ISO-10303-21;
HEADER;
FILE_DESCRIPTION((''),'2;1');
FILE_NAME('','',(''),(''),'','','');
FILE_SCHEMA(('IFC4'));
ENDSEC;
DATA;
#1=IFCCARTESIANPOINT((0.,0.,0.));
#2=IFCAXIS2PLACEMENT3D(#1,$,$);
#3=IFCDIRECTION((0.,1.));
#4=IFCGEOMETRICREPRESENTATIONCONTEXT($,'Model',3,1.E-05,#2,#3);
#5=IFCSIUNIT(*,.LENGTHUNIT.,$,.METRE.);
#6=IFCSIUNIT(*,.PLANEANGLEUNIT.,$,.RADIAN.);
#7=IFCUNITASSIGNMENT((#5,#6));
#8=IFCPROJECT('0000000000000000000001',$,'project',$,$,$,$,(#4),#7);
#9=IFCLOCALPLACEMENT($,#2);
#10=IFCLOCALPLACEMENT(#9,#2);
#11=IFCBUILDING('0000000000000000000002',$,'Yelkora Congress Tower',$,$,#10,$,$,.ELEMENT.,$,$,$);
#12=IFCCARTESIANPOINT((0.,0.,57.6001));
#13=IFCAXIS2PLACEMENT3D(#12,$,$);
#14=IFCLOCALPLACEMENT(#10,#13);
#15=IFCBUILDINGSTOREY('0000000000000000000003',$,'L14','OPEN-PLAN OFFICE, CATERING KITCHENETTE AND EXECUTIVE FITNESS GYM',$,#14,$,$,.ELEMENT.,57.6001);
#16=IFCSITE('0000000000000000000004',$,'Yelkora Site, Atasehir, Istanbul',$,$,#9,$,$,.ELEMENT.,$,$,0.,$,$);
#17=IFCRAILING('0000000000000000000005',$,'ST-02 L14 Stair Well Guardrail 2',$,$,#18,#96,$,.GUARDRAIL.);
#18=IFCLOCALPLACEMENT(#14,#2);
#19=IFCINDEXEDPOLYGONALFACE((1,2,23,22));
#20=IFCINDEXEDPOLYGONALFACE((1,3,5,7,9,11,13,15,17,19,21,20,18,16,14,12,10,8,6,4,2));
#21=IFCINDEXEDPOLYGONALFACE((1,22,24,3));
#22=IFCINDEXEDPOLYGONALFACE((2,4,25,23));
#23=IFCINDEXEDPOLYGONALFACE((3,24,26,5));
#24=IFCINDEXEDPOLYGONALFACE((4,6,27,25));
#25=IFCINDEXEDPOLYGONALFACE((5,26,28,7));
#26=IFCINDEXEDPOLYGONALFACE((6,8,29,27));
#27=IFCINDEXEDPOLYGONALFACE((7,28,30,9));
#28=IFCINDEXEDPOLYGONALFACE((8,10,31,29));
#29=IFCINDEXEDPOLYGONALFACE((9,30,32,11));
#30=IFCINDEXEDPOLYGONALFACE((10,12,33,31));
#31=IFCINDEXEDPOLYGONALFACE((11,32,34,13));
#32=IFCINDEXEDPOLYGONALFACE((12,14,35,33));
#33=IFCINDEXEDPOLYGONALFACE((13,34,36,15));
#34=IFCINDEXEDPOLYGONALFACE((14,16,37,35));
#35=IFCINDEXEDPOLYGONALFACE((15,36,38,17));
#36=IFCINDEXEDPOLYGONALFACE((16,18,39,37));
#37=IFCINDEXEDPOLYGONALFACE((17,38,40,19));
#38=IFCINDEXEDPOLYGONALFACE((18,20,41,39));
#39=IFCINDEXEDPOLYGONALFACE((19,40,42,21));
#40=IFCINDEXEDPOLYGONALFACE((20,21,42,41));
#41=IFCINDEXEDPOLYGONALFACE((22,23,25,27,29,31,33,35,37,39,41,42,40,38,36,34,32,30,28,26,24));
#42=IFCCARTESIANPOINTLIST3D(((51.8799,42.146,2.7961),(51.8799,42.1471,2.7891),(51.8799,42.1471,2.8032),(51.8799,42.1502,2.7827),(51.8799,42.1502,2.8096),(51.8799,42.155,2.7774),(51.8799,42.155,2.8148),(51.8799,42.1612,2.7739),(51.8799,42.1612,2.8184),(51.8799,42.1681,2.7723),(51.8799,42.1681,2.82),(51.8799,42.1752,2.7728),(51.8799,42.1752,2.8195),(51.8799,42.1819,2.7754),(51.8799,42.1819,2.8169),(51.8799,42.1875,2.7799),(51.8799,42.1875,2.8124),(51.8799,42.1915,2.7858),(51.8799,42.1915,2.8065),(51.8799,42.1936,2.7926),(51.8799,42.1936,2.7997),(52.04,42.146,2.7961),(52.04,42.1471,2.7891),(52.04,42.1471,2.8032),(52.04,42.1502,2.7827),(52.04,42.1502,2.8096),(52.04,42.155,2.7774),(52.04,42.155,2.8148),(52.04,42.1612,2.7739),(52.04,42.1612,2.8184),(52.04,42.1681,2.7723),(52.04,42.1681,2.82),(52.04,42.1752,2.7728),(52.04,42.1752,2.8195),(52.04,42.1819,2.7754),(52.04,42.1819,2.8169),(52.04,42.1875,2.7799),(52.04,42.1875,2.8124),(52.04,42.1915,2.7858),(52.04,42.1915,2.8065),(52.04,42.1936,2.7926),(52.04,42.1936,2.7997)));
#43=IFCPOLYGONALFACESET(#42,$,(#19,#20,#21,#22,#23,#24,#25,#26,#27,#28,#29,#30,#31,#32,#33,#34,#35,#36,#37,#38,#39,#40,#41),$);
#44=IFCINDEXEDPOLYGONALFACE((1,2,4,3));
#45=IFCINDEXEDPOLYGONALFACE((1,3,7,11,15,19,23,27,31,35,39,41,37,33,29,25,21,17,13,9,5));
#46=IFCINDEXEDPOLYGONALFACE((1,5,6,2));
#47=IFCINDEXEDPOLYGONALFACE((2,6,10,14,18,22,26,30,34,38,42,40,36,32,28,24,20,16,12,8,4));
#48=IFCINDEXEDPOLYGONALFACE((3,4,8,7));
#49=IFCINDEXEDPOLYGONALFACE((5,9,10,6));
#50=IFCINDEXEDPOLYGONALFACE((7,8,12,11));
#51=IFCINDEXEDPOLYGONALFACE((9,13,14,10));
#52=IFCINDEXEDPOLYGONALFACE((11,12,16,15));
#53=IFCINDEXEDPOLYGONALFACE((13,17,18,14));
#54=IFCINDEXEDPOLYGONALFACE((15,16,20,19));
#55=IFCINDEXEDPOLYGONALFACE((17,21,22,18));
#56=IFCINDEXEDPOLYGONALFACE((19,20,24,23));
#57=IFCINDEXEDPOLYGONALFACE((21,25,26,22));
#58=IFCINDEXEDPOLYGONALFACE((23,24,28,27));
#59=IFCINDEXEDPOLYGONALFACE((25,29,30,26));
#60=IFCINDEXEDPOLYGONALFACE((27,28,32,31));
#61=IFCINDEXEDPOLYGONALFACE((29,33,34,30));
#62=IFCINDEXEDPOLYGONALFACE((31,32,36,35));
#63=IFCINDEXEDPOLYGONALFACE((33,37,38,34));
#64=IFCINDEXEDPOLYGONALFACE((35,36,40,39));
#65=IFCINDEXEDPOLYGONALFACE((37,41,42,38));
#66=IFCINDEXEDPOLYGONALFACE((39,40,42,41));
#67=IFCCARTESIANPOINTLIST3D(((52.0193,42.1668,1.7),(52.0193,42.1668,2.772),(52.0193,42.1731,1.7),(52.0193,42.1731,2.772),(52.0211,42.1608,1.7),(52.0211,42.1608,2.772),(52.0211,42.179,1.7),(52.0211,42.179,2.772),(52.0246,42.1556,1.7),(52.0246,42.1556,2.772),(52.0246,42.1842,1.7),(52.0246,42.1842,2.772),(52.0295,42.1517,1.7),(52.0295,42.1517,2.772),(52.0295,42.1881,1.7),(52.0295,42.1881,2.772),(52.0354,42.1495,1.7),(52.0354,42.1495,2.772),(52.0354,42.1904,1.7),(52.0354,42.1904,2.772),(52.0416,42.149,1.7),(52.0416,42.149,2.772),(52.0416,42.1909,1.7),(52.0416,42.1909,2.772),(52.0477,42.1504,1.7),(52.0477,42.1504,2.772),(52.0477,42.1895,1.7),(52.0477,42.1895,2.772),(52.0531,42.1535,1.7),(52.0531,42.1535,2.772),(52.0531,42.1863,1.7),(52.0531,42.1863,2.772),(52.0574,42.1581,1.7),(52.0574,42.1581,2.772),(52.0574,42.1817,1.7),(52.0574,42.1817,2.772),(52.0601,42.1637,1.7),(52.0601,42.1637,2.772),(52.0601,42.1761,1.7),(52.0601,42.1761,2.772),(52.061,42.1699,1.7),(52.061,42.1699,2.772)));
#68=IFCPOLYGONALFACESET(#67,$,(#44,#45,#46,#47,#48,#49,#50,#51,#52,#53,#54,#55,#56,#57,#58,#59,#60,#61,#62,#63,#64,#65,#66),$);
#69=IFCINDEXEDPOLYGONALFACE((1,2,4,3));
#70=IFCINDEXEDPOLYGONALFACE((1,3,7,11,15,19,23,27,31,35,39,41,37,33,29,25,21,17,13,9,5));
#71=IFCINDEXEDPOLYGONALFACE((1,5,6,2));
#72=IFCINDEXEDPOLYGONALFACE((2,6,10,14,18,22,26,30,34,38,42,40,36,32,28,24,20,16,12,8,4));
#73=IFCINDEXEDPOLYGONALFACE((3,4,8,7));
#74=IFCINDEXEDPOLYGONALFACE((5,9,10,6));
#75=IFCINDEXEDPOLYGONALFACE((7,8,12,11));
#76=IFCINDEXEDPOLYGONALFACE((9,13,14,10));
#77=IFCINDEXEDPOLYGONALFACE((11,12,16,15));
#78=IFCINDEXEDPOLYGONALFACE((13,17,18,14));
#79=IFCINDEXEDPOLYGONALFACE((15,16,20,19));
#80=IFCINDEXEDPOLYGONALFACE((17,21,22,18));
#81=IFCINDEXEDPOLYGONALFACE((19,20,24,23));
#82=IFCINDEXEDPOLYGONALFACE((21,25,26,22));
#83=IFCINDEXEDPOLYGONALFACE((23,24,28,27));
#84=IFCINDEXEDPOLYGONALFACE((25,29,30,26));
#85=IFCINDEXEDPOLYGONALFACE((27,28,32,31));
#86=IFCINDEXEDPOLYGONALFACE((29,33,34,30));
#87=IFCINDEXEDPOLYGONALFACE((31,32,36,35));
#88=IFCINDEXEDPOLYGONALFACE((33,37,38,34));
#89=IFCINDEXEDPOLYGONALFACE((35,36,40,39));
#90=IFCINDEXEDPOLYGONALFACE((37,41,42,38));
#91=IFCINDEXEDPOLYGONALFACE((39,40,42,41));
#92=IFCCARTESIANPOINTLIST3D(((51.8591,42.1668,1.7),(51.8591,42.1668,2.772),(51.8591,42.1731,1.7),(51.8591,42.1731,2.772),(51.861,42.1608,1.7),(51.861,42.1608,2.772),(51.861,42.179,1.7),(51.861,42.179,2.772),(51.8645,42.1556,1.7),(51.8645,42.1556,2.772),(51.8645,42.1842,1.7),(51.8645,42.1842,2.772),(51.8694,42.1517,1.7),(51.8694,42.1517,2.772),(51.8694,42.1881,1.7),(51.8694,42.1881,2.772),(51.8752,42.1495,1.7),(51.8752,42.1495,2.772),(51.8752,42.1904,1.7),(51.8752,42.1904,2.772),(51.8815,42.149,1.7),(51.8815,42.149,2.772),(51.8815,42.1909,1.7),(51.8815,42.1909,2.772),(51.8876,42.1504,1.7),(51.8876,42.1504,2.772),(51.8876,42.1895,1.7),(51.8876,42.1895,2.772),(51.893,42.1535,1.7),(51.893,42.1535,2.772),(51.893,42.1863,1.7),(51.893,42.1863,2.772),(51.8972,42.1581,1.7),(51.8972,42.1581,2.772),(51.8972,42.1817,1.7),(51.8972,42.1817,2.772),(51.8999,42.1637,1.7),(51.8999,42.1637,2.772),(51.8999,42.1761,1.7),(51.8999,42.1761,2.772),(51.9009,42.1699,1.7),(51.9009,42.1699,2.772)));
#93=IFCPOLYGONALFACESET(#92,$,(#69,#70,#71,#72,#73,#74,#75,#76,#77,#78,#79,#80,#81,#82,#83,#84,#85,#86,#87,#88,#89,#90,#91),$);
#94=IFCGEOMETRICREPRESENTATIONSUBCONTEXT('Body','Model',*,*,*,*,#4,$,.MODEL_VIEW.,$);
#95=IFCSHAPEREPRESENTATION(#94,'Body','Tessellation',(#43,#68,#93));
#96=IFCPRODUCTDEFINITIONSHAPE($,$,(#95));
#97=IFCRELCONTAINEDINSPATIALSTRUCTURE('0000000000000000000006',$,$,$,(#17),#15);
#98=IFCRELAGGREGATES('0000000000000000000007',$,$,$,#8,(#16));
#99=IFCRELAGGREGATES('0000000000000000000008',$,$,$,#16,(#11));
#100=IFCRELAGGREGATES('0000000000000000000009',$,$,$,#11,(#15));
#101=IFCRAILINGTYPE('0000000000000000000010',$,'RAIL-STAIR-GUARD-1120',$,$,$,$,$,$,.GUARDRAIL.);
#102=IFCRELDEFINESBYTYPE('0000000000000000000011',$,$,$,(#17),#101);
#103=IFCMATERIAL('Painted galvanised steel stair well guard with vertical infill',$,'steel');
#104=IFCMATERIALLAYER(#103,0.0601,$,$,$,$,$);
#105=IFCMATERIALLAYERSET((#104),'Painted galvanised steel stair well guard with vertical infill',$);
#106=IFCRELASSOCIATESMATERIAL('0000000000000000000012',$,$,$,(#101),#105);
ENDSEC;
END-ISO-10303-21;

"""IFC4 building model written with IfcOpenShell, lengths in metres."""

from ifc_helpers import new_model, si_unit, direction, frame, origin, origin_2d, place, context, subcontext, project, spatial, circle, extrude, material, layer, layer_set, type_object, element, save


model = new_model("IFC4")

# Units and contexts
model_context = context("Model", 3, precision=1e-05, world=origin(), true_north=direction((0.0, 1.0)))
body_context = subcontext(model_context, "Body", "Model", "MODEL_VIEW")
ifc_project = project(units=[si_unit("LENGTHUNIT", "METRE"), si_unit("PLANEANGLEUNIT", "RADIAN")], contexts=[model_context])

# Site, building, storey
site_placement = place(None, origin())
site = spatial("IfcSite", under=ifc_project, at=site_placement, Name="Yelkora Site, Atasehir, Istanbul", CompositionType="ELEMENT", RefElevation=0.0)
building_placement = place(site_placement, origin())
building = spatial("IfcBuilding", under=site, at=building_placement, Name="Yelkora Congress Tower", CompositionType="ELEMENT")
storey_placement = place(building_placement, frame((0.0, 0.0, 57.6001)))
storey = spatial("IfcBuildingStorey", under=building, at=storey_placement, Name="L14", Description="OPEN-PLAN OFFICE, CATERING KITCHENETTE AND EXECUTIVE FITNESS GYM", CompositionType="ELEMENT", Elevation=57.6001)

# Railing
ifc_material_1 = material(Name="Painted galvanised steel stair well guard with vertical infill", Category="steel")
ifc_layer_1 = layer(ifc_material_1, 0.0601)
ifc_layer_set_1 = layer_set([ifc_layer_1], Name="Painted galvanised steel stair well guard with vertical infill")
railing_type_1 = type_object("IfcRailingType", Name="RAIL-STAIR-GUARD-1120", PredefinedType="GUARDRAIL", material=ifc_layer_set_1)
railing_1_placement = place(storey_placement, frame((52.04, 42.1699, 1.7)))
element("IfcRailing", 1, at=railing_1_placement, inside=storey, type_object=railing_type_1, Name="ST-02 L14 Stair Well Guardrail 2", PredefinedType="GUARDRAIL", context=body_context, shape_type="SweptSolid", body=[
    extrude(circle(Radius=0.0239, at=origin_2d()), frame((0.0, 0.0, 1.0962), z_axis=(-1.0, 0.0, 0.0), x_axis=(0.0, -1.0, 0.0)), (0.0, 0.0, 1.0), 0.1602),
    extrude(circle(Radius=0.021, at=origin_2d()), origin(), (0.0, 0.0, 1.0), 1.072),
    extrude(circle(Radius=0.021, at=origin_2d()), frame((-0.1602, 0.0, 0.0)), (0.0, 0.0, 1.0), 1.072),
])

save(model, "model.ifc")
